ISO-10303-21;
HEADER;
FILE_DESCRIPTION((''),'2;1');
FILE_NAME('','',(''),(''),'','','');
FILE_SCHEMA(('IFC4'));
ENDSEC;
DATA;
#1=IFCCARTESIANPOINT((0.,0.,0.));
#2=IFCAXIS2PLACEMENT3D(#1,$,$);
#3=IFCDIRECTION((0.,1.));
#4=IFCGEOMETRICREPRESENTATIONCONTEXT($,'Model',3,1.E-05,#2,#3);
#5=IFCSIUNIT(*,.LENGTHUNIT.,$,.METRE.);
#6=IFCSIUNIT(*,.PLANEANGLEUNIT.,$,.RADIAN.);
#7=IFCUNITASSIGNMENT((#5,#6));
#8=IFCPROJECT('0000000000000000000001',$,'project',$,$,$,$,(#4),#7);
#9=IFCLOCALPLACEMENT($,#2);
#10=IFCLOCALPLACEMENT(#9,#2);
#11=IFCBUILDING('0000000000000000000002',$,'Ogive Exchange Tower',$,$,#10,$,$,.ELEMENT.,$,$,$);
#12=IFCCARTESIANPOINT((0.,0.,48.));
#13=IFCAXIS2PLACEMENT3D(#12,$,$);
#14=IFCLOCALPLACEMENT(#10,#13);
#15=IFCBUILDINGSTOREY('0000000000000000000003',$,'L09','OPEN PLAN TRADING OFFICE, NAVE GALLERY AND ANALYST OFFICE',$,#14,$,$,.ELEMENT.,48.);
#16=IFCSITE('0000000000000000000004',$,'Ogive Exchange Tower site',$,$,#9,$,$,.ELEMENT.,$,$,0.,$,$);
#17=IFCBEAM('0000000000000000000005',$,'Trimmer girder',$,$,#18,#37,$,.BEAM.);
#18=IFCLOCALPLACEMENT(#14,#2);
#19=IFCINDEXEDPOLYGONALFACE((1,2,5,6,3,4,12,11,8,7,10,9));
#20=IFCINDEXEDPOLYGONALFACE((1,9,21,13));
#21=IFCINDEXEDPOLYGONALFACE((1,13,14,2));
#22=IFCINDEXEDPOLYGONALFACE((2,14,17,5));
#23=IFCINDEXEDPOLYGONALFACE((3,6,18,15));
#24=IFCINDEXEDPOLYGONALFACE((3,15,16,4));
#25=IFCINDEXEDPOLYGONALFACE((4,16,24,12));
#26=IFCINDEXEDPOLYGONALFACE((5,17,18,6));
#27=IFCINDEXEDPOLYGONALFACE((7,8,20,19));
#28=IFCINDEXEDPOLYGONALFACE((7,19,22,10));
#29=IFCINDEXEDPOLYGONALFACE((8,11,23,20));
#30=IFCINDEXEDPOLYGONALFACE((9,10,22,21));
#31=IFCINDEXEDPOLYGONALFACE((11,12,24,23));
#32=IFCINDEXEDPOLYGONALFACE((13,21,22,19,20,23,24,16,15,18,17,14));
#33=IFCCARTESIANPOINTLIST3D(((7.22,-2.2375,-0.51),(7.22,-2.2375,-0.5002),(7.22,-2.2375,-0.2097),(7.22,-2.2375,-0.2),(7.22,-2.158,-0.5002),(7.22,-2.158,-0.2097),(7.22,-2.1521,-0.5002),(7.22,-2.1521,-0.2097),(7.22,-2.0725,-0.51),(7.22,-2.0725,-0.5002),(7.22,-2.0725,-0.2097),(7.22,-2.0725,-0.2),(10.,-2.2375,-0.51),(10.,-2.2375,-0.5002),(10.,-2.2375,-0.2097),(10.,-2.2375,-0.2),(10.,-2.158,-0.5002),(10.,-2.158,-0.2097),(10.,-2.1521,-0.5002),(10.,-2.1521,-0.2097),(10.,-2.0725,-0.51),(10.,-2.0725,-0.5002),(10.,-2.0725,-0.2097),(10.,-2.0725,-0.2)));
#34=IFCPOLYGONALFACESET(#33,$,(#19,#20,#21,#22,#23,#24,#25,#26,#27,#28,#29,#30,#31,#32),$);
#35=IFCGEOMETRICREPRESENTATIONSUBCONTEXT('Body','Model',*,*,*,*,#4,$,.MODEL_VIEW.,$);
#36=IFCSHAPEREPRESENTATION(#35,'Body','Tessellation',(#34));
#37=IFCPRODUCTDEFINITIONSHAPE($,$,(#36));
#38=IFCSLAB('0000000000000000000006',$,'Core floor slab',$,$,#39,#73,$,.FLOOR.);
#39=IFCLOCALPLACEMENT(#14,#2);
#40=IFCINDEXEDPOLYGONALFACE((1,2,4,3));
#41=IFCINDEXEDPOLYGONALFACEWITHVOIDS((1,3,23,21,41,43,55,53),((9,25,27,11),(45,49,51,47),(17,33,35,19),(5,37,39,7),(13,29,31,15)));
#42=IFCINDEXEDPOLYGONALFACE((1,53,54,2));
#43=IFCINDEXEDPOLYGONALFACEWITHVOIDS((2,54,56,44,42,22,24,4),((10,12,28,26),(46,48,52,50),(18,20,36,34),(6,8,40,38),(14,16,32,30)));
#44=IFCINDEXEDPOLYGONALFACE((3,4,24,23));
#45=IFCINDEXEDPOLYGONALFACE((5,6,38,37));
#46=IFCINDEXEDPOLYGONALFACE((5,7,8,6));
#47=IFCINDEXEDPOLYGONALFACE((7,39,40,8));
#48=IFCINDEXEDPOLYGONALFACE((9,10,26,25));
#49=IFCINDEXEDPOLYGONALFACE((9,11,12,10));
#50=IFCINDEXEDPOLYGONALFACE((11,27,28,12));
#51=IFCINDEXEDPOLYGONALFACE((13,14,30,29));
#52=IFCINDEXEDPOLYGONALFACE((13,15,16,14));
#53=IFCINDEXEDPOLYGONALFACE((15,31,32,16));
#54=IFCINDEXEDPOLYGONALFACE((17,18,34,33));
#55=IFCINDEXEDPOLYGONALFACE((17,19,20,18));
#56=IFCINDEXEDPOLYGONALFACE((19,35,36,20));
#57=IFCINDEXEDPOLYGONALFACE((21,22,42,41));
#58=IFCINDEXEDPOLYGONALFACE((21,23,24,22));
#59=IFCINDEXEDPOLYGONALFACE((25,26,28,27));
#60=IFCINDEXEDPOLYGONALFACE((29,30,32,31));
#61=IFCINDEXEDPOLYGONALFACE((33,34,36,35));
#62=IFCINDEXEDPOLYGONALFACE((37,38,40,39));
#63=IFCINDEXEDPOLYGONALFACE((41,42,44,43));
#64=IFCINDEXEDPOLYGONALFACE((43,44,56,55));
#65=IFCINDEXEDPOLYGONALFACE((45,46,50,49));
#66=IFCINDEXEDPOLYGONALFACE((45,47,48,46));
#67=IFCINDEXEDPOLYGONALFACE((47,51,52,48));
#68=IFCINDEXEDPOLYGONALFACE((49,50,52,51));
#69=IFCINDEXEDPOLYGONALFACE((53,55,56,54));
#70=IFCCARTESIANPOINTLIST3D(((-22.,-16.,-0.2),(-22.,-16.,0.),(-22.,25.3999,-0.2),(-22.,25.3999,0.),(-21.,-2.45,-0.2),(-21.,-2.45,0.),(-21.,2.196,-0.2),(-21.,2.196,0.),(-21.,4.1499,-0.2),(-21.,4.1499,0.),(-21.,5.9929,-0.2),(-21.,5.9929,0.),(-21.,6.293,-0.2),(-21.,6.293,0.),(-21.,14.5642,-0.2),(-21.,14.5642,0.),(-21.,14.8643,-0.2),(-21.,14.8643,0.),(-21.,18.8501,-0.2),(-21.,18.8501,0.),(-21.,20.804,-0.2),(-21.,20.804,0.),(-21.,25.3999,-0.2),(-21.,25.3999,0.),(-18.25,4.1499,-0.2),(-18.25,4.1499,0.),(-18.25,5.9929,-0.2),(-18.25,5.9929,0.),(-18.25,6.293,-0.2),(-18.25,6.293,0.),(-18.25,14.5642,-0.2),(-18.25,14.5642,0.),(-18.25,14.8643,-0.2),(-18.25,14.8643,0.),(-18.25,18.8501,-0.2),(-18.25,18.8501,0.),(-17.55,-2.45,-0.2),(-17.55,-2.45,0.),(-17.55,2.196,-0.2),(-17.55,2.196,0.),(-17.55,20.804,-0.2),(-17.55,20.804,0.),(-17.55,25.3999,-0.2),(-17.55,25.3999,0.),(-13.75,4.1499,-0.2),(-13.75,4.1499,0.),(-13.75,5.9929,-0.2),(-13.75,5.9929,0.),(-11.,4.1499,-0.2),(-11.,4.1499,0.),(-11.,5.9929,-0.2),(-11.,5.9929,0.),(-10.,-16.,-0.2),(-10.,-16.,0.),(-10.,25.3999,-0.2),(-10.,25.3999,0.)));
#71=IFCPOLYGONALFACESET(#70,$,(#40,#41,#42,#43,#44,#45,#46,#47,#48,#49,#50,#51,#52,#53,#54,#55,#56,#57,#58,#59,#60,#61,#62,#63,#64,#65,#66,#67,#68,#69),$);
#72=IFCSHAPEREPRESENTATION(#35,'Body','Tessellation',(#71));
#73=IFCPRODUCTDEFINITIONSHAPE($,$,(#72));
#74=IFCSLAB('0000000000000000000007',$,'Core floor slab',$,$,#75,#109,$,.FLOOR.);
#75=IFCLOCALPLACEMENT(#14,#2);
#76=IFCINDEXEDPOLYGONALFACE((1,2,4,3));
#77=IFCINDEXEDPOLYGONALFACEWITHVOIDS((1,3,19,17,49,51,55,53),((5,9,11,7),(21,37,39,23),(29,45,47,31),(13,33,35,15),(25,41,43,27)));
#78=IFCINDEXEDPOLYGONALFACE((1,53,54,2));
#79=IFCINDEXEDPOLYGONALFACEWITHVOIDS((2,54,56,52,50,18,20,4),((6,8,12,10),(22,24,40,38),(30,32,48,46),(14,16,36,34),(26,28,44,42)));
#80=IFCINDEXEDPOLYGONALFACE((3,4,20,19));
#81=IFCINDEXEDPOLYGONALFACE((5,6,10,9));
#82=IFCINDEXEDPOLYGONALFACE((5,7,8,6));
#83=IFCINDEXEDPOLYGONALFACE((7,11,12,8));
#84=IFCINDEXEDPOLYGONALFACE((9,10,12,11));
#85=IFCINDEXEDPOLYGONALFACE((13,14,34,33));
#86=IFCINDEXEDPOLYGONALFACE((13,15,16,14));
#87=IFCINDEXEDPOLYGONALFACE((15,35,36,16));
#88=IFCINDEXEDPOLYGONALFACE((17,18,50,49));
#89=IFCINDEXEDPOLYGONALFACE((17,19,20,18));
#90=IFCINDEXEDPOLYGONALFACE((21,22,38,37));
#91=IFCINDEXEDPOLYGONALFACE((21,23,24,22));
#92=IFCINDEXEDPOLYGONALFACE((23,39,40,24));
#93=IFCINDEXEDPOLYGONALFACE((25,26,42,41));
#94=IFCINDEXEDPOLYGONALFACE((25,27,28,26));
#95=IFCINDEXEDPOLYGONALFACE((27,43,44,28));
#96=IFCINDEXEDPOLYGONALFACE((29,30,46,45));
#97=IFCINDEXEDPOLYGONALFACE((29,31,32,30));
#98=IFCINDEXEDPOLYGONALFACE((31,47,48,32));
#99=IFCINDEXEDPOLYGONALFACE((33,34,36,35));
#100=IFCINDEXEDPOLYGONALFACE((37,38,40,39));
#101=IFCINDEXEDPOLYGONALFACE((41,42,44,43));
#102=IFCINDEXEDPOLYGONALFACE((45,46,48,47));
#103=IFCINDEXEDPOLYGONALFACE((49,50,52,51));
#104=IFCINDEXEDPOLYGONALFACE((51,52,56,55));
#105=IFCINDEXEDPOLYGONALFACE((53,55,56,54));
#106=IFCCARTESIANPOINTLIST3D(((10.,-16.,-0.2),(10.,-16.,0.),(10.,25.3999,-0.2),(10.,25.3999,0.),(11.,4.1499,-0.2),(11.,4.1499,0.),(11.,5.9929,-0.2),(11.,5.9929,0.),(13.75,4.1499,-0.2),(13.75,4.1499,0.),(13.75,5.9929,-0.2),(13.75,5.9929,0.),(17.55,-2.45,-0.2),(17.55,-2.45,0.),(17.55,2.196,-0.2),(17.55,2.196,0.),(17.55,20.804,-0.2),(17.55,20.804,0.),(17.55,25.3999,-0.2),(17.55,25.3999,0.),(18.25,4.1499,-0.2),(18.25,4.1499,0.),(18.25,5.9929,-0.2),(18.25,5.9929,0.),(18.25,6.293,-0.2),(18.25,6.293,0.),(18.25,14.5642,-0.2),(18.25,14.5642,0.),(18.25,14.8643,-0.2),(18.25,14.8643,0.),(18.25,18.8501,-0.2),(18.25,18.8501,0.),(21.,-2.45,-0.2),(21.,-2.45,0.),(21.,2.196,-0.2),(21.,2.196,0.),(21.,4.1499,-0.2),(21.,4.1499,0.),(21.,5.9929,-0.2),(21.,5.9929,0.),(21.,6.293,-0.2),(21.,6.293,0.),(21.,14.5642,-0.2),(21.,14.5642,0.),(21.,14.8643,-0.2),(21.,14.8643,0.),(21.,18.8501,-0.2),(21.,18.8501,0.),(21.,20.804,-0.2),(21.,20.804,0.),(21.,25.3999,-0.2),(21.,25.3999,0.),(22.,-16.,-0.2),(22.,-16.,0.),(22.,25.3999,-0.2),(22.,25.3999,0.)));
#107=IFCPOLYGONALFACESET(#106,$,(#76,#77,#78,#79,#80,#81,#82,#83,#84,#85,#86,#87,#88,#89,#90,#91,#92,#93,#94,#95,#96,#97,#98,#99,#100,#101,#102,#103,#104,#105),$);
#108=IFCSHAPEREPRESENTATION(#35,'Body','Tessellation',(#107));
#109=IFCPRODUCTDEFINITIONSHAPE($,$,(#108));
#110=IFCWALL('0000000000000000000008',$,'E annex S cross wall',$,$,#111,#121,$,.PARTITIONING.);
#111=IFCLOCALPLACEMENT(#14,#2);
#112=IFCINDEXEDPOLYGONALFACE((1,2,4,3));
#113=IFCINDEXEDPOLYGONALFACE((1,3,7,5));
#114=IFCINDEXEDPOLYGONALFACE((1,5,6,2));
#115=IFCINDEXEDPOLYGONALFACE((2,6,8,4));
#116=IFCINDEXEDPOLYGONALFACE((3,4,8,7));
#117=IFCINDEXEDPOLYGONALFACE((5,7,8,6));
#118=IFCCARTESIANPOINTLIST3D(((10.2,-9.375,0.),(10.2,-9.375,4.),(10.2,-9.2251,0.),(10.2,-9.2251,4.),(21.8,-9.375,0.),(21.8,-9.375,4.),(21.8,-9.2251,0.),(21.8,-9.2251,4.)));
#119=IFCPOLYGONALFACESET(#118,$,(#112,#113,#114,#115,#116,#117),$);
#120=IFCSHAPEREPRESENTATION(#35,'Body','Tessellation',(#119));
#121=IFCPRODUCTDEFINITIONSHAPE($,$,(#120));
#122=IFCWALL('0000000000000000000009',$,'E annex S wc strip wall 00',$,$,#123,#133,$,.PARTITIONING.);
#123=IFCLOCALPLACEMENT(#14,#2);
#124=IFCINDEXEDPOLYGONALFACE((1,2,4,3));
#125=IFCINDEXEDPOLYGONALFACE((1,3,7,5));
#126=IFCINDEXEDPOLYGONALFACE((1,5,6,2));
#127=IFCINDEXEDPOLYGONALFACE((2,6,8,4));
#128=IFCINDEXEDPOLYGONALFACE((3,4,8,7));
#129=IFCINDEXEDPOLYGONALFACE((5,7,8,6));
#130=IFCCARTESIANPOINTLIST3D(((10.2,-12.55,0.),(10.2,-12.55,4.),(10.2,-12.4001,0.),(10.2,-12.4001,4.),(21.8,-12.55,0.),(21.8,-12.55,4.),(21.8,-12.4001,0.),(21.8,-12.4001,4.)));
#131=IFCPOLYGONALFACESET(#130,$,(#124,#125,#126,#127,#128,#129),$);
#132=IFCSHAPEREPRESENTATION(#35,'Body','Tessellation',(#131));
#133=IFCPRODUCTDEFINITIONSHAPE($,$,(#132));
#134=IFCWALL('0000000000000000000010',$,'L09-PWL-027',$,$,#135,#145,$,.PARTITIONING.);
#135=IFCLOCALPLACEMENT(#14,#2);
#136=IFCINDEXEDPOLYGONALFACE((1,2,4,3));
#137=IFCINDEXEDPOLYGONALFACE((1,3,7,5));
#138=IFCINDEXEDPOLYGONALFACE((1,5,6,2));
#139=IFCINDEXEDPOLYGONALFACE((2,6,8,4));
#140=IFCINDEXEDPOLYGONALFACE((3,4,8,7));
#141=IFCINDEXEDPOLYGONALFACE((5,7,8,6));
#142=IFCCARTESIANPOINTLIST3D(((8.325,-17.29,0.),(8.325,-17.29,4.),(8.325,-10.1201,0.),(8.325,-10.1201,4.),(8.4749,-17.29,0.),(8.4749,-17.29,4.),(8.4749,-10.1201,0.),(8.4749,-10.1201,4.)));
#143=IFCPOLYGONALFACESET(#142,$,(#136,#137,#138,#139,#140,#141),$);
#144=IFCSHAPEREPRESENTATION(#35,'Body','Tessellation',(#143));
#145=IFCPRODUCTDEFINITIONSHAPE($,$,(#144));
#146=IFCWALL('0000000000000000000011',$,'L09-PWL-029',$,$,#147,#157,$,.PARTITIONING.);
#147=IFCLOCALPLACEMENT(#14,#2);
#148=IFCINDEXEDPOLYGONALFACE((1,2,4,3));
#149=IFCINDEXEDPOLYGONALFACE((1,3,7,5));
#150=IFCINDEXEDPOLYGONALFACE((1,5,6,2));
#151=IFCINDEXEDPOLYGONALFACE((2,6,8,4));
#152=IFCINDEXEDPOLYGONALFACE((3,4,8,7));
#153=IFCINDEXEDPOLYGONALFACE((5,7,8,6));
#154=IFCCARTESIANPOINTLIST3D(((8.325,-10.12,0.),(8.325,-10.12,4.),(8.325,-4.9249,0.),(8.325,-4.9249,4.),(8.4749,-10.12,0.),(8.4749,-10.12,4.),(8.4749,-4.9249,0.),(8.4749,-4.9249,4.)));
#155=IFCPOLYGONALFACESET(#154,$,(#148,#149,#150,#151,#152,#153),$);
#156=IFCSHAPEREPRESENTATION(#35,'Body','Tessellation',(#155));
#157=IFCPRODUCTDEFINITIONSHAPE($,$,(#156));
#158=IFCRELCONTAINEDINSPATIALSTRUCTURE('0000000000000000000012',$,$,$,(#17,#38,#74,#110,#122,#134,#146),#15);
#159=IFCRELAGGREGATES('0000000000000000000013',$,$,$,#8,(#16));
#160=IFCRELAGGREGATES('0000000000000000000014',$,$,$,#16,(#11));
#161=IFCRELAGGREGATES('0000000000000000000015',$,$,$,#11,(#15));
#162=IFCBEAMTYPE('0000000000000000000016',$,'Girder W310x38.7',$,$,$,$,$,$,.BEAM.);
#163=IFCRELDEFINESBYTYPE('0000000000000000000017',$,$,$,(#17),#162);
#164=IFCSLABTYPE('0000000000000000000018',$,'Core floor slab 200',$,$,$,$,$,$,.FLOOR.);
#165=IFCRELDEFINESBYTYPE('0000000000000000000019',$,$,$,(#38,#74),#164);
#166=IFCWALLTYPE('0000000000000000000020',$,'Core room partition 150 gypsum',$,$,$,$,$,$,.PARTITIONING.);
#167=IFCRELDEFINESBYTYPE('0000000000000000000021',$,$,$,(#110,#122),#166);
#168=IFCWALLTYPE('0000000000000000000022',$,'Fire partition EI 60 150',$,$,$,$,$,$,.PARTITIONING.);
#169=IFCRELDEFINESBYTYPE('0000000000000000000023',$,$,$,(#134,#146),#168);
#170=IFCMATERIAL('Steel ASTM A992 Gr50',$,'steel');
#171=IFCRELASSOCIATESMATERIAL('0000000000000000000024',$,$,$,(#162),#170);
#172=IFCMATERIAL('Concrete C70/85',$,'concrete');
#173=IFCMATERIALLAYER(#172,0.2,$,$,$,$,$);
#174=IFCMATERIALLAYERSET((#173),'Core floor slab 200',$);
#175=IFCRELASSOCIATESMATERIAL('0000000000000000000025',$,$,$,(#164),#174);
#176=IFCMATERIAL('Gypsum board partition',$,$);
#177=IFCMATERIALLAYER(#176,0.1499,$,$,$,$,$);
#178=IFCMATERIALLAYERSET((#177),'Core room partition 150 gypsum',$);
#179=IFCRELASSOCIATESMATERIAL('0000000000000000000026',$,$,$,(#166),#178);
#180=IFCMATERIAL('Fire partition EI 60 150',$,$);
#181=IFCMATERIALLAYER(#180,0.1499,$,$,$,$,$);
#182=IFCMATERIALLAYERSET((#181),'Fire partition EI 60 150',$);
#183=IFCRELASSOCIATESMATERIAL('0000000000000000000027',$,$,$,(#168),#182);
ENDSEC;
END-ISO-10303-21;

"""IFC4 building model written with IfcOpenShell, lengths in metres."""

from ifc_helpers import new_model, si_unit, direction, frame, frame_2d, origin, origin_2d, place, context, subcontext, project, spatial, polyline, rectangle, i_section, outline, extrude, material, layer, layer_set, material_profile, profile_set, type_object, element, save


model = new_model("IFC4")

# Units and contexts
model_context = context("Model", 3, precision=1e-05, world=origin(), true_north=direction((0.0, 1.0)))
body_context = subcontext(model_context, "Body", "Model", "MODEL_VIEW")
ifc_project = project(units=[si_unit("LENGTHUNIT", "METRE"), si_unit("PLANEANGLEUNIT", "RADIAN")], contexts=[model_context])

# Site, building, storey
site_placement = place(None, origin())
site = spatial("IfcSite", under=ifc_project, at=site_placement, Name="Ogive Exchange Tower site", CompositionType="ELEMENT", RefElevation=0.0)
building_placement = place(site_placement, origin())
building = spatial("IfcBuilding", under=site, at=building_placement, Name="Ogive Exchange Tower", CompositionType="ELEMENT")
storey_placement = place(building_placement, frame((0.0, 0.0, 48.0)))
storey = spatial("IfcBuildingStorey", under=building, at=storey_placement, Name="L09", Description="OPEN PLAN TRADING OFFICE, NAVE GALLERY AND ANALYST OFFICE", CompositionType="ELEMENT", Elevation=48.0)

# Beam
ifc_material_1 = material(Name="Steel ASTM A992 Gr50", Category="steel")
ifc_material_profile = material_profile(ifc_material_1, i_section(OverallWidth=0.165, OverallDepth=0.3101, WebThickness=0.0059, FlangeThickness=0.0098, at=origin_2d()), Name="W310x38.7")
ifc_profile_set = profile_set([ifc_material_profile], Name="Steel ASTM A992 Gr50")
beam_type = type_object("IfcBeamType", Name="Girder W310x38.7", PredefinedType="BEAM", material=ifc_profile_set)
beam_placement = place(storey_placement, frame((7.22, -2.155, -0.355), z_axis=(1.0, 0.0, 0.0), x_axis=(0.0, 1.0, 0.0)))
element("IfcBeam", 1, at=beam_placement, inside=storey, type_object=beam_type, Name="Trimmer girder", PredefinedType="BEAM", context=body_context, shape_type="SweptSolid", body=[
    extrude(i_section(OverallWidth=0.165, OverallDepth=0.3101, WebThickness=0.0059, FlangeThickness=0.0098, at=origin_2d()), origin(), (0.0, 0.0, 1.0), 2.78),
])

# Slabs
ifc_material_2 = material(Name="Concrete C70/85", Category="concrete")
ifc_layer_1 = layer(ifc_material_2, 0.2)
ifc_layer_set_1 = layer_set([ifc_layer_1], Name="Core floor slab 200")
slab_type = type_object("IfcSlabType", Name="Core floor slab 200", PredefinedType="FLOOR", material=ifc_layer_set_1)
slab_1_placement = place(storey_placement, frame((0.0, 0.0, -0.2)))
element("IfcSlab", 2, at=slab_1_placement, inside=storey, type_object=slab_type, Name="Core floor slab", PredefinedType="FLOOR", context=body_context, shape_type="SweptSolid", body=[
    extrude(outline(polyline([(-10.0, 25.3999), (-10.0, -16.0), (-22.0, -16.0), (-22.0, 25.3999), (-21.0, 25.3999), (-21.0, 20.804), (-17.55, 20.804), (-17.55, 25.3999), (-10.0, 25.3999)]), holes=[polyline([(-17.55, 2.196), (-21.0, 2.196), (-21.0, -2.45), (-17.55, -2.45), (-17.55, 2.196)]), polyline([(-18.25, 5.9929), (-21.0, 5.9929), (-21.0, 4.1499), (-18.25, 4.1499), (-18.25, 5.9929)]), polyline([(-11.0, 5.9929), (-13.75, 5.9929), (-13.75, 4.1499), (-11.0, 4.1499), (-11.0, 5.9929)]), polyline([(-21.0, 14.5642), (-21.0, 6.293), (-18.25, 6.293), (-18.25, 14.5642), (-21.0, 14.5642)]), polyline([(-18.25, 18.8501), (-21.0, 18.8501), (-21.0, 14.8643), (-18.25, 14.8643), (-18.25, 18.8501)])]), origin(), (0.0, 0.0, 1.0), 0.2),
])
slab_2_placement = place(storey_placement, frame((0.0, 0.0, -0.2)))
element("IfcSlab", 3, at=slab_2_placement, inside=storey, type_object=slab_type, Name="Core floor slab", PredefinedType="FLOOR", context=body_context, shape_type="SweptSolid", body=[
    extrude(outline(polyline([(22.0, 25.3999), (22.0, -16.0), (10.0, -16.0), (10.0, 25.3999), (17.55, 25.3999), (17.55, 20.804), (21.0, 20.804), (21.0, 25.3999), (22.0, 25.3999)]), holes=[polyline([(21.0, 2.196), (17.55, 2.196), (17.55, -2.45), (21.0, -2.45), (21.0, 2.196)]), polyline([(13.75, 5.9929), (11.0, 5.9929), (11.0, 4.1499), (13.75, 4.1499), (13.75, 5.9929)]), polyline([(21.0, 5.9929), (18.25, 5.9929), (18.25, 4.1499), (21.0, 4.1499), (21.0, 5.9929)]), polyline([(18.25, 14.5642), (18.25, 6.293), (21.0, 6.293), (21.0, 14.5642), (18.25, 14.5642)]), polyline([(21.0, 18.8501), (18.25, 18.8501), (18.25, 14.8643), (21.0, 14.8643), (21.0, 18.8501)])]), origin(), (0.0, 0.0, 1.0), 0.2),
])

# Walls
ifc_material_3 = material(Name="Gypsum board partition")
ifc_layer_2 = layer(ifc_material_3, 0.1499)
ifc_layer_set_2 = layer_set([ifc_layer_2], Name="Core room partition 150 gypsum")
wall_type_1 = type_object("IfcWallType", Name="Core room partition 150 gypsum", PredefinedType="PARTITIONING", material=ifc_layer_set_2)
for number, where, z_axis, x_axis, name in (
    (4, (10.2, -9.3, 0.0), (0.0, 0.0, 1.0), (1.0, 0.0, 0.0), "E annex S cross wall"),
    (5, (10.2, -12.4751, 0.0), (0.0, 0.0, 1.0), (1.0, 0.0, 0.0), "E annex S wc strip wall 00"),
):
    element("IfcWall", number, at=place(storey_placement, frame(where, z_axis=z_axis, x_axis=x_axis)), inside=storey, type_object=wall_type_1, Name=name, PredefinedType="PARTITIONING", context=body_context, shape_type="SweptSolid", body=[
        extrude(rectangle(XDim=11.6001, YDim=0.1499, at=frame_2d((5.8, 0.0))), origin(), (0.0, 0.0, 1.0), 4.0),
    ])
ifc_material_4 = material(Name="Fire partition EI 60 150")
ifc_layer_3 = layer(ifc_material_4, 0.1499)
ifc_layer_set_3 = layer_set([ifc_layer_3], Name="Fire partition EI 60 150")
wall_type_2 = type_object("IfcWallType", Name="Fire partition EI 60 150", PredefinedType="PARTITIONING", material=ifc_layer_set_3)
wall_1_placement = place(storey_placement, frame((8.3999, -17.29, 0.0), z_axis=(0.0, 0.0, 1.0), x_axis=(0.0, 1.0, 0.0)))
element("IfcWall", 6, at=wall_1_placement, inside=storey, type_object=wall_type_2, Name="L09-PWL-027", PredefinedType="PARTITIONING", context=body_context, shape_type="SweptSolid", body=[
    extrude(rectangle(XDim=7.1699, YDim=0.1499, at=frame_2d((3.585, 0.0))), origin(), (0.0, 0.0, 1.0), 4.0),
])
wall_2_placement = place(storey_placement, frame((8.3999, -10.1201, 0.0), z_axis=(0.0, 0.0, 1.0), x_axis=(0.0, 1.0, 0.0)))
element("IfcWall", 7, at=wall_2_placement, inside=storey, type_object=wall_type_2, Name="L09-PWL-029", PredefinedType="PARTITIONING", context=body_context, shape_type="SweptSolid", body=[
    extrude(rectangle(XDim=5.1951, YDim=0.1499, at=frame_2d((2.5977, 0.0))), origin(), (0.0, 0.0, 1.0), 4.0),
])

save(model, "model.ifc")
